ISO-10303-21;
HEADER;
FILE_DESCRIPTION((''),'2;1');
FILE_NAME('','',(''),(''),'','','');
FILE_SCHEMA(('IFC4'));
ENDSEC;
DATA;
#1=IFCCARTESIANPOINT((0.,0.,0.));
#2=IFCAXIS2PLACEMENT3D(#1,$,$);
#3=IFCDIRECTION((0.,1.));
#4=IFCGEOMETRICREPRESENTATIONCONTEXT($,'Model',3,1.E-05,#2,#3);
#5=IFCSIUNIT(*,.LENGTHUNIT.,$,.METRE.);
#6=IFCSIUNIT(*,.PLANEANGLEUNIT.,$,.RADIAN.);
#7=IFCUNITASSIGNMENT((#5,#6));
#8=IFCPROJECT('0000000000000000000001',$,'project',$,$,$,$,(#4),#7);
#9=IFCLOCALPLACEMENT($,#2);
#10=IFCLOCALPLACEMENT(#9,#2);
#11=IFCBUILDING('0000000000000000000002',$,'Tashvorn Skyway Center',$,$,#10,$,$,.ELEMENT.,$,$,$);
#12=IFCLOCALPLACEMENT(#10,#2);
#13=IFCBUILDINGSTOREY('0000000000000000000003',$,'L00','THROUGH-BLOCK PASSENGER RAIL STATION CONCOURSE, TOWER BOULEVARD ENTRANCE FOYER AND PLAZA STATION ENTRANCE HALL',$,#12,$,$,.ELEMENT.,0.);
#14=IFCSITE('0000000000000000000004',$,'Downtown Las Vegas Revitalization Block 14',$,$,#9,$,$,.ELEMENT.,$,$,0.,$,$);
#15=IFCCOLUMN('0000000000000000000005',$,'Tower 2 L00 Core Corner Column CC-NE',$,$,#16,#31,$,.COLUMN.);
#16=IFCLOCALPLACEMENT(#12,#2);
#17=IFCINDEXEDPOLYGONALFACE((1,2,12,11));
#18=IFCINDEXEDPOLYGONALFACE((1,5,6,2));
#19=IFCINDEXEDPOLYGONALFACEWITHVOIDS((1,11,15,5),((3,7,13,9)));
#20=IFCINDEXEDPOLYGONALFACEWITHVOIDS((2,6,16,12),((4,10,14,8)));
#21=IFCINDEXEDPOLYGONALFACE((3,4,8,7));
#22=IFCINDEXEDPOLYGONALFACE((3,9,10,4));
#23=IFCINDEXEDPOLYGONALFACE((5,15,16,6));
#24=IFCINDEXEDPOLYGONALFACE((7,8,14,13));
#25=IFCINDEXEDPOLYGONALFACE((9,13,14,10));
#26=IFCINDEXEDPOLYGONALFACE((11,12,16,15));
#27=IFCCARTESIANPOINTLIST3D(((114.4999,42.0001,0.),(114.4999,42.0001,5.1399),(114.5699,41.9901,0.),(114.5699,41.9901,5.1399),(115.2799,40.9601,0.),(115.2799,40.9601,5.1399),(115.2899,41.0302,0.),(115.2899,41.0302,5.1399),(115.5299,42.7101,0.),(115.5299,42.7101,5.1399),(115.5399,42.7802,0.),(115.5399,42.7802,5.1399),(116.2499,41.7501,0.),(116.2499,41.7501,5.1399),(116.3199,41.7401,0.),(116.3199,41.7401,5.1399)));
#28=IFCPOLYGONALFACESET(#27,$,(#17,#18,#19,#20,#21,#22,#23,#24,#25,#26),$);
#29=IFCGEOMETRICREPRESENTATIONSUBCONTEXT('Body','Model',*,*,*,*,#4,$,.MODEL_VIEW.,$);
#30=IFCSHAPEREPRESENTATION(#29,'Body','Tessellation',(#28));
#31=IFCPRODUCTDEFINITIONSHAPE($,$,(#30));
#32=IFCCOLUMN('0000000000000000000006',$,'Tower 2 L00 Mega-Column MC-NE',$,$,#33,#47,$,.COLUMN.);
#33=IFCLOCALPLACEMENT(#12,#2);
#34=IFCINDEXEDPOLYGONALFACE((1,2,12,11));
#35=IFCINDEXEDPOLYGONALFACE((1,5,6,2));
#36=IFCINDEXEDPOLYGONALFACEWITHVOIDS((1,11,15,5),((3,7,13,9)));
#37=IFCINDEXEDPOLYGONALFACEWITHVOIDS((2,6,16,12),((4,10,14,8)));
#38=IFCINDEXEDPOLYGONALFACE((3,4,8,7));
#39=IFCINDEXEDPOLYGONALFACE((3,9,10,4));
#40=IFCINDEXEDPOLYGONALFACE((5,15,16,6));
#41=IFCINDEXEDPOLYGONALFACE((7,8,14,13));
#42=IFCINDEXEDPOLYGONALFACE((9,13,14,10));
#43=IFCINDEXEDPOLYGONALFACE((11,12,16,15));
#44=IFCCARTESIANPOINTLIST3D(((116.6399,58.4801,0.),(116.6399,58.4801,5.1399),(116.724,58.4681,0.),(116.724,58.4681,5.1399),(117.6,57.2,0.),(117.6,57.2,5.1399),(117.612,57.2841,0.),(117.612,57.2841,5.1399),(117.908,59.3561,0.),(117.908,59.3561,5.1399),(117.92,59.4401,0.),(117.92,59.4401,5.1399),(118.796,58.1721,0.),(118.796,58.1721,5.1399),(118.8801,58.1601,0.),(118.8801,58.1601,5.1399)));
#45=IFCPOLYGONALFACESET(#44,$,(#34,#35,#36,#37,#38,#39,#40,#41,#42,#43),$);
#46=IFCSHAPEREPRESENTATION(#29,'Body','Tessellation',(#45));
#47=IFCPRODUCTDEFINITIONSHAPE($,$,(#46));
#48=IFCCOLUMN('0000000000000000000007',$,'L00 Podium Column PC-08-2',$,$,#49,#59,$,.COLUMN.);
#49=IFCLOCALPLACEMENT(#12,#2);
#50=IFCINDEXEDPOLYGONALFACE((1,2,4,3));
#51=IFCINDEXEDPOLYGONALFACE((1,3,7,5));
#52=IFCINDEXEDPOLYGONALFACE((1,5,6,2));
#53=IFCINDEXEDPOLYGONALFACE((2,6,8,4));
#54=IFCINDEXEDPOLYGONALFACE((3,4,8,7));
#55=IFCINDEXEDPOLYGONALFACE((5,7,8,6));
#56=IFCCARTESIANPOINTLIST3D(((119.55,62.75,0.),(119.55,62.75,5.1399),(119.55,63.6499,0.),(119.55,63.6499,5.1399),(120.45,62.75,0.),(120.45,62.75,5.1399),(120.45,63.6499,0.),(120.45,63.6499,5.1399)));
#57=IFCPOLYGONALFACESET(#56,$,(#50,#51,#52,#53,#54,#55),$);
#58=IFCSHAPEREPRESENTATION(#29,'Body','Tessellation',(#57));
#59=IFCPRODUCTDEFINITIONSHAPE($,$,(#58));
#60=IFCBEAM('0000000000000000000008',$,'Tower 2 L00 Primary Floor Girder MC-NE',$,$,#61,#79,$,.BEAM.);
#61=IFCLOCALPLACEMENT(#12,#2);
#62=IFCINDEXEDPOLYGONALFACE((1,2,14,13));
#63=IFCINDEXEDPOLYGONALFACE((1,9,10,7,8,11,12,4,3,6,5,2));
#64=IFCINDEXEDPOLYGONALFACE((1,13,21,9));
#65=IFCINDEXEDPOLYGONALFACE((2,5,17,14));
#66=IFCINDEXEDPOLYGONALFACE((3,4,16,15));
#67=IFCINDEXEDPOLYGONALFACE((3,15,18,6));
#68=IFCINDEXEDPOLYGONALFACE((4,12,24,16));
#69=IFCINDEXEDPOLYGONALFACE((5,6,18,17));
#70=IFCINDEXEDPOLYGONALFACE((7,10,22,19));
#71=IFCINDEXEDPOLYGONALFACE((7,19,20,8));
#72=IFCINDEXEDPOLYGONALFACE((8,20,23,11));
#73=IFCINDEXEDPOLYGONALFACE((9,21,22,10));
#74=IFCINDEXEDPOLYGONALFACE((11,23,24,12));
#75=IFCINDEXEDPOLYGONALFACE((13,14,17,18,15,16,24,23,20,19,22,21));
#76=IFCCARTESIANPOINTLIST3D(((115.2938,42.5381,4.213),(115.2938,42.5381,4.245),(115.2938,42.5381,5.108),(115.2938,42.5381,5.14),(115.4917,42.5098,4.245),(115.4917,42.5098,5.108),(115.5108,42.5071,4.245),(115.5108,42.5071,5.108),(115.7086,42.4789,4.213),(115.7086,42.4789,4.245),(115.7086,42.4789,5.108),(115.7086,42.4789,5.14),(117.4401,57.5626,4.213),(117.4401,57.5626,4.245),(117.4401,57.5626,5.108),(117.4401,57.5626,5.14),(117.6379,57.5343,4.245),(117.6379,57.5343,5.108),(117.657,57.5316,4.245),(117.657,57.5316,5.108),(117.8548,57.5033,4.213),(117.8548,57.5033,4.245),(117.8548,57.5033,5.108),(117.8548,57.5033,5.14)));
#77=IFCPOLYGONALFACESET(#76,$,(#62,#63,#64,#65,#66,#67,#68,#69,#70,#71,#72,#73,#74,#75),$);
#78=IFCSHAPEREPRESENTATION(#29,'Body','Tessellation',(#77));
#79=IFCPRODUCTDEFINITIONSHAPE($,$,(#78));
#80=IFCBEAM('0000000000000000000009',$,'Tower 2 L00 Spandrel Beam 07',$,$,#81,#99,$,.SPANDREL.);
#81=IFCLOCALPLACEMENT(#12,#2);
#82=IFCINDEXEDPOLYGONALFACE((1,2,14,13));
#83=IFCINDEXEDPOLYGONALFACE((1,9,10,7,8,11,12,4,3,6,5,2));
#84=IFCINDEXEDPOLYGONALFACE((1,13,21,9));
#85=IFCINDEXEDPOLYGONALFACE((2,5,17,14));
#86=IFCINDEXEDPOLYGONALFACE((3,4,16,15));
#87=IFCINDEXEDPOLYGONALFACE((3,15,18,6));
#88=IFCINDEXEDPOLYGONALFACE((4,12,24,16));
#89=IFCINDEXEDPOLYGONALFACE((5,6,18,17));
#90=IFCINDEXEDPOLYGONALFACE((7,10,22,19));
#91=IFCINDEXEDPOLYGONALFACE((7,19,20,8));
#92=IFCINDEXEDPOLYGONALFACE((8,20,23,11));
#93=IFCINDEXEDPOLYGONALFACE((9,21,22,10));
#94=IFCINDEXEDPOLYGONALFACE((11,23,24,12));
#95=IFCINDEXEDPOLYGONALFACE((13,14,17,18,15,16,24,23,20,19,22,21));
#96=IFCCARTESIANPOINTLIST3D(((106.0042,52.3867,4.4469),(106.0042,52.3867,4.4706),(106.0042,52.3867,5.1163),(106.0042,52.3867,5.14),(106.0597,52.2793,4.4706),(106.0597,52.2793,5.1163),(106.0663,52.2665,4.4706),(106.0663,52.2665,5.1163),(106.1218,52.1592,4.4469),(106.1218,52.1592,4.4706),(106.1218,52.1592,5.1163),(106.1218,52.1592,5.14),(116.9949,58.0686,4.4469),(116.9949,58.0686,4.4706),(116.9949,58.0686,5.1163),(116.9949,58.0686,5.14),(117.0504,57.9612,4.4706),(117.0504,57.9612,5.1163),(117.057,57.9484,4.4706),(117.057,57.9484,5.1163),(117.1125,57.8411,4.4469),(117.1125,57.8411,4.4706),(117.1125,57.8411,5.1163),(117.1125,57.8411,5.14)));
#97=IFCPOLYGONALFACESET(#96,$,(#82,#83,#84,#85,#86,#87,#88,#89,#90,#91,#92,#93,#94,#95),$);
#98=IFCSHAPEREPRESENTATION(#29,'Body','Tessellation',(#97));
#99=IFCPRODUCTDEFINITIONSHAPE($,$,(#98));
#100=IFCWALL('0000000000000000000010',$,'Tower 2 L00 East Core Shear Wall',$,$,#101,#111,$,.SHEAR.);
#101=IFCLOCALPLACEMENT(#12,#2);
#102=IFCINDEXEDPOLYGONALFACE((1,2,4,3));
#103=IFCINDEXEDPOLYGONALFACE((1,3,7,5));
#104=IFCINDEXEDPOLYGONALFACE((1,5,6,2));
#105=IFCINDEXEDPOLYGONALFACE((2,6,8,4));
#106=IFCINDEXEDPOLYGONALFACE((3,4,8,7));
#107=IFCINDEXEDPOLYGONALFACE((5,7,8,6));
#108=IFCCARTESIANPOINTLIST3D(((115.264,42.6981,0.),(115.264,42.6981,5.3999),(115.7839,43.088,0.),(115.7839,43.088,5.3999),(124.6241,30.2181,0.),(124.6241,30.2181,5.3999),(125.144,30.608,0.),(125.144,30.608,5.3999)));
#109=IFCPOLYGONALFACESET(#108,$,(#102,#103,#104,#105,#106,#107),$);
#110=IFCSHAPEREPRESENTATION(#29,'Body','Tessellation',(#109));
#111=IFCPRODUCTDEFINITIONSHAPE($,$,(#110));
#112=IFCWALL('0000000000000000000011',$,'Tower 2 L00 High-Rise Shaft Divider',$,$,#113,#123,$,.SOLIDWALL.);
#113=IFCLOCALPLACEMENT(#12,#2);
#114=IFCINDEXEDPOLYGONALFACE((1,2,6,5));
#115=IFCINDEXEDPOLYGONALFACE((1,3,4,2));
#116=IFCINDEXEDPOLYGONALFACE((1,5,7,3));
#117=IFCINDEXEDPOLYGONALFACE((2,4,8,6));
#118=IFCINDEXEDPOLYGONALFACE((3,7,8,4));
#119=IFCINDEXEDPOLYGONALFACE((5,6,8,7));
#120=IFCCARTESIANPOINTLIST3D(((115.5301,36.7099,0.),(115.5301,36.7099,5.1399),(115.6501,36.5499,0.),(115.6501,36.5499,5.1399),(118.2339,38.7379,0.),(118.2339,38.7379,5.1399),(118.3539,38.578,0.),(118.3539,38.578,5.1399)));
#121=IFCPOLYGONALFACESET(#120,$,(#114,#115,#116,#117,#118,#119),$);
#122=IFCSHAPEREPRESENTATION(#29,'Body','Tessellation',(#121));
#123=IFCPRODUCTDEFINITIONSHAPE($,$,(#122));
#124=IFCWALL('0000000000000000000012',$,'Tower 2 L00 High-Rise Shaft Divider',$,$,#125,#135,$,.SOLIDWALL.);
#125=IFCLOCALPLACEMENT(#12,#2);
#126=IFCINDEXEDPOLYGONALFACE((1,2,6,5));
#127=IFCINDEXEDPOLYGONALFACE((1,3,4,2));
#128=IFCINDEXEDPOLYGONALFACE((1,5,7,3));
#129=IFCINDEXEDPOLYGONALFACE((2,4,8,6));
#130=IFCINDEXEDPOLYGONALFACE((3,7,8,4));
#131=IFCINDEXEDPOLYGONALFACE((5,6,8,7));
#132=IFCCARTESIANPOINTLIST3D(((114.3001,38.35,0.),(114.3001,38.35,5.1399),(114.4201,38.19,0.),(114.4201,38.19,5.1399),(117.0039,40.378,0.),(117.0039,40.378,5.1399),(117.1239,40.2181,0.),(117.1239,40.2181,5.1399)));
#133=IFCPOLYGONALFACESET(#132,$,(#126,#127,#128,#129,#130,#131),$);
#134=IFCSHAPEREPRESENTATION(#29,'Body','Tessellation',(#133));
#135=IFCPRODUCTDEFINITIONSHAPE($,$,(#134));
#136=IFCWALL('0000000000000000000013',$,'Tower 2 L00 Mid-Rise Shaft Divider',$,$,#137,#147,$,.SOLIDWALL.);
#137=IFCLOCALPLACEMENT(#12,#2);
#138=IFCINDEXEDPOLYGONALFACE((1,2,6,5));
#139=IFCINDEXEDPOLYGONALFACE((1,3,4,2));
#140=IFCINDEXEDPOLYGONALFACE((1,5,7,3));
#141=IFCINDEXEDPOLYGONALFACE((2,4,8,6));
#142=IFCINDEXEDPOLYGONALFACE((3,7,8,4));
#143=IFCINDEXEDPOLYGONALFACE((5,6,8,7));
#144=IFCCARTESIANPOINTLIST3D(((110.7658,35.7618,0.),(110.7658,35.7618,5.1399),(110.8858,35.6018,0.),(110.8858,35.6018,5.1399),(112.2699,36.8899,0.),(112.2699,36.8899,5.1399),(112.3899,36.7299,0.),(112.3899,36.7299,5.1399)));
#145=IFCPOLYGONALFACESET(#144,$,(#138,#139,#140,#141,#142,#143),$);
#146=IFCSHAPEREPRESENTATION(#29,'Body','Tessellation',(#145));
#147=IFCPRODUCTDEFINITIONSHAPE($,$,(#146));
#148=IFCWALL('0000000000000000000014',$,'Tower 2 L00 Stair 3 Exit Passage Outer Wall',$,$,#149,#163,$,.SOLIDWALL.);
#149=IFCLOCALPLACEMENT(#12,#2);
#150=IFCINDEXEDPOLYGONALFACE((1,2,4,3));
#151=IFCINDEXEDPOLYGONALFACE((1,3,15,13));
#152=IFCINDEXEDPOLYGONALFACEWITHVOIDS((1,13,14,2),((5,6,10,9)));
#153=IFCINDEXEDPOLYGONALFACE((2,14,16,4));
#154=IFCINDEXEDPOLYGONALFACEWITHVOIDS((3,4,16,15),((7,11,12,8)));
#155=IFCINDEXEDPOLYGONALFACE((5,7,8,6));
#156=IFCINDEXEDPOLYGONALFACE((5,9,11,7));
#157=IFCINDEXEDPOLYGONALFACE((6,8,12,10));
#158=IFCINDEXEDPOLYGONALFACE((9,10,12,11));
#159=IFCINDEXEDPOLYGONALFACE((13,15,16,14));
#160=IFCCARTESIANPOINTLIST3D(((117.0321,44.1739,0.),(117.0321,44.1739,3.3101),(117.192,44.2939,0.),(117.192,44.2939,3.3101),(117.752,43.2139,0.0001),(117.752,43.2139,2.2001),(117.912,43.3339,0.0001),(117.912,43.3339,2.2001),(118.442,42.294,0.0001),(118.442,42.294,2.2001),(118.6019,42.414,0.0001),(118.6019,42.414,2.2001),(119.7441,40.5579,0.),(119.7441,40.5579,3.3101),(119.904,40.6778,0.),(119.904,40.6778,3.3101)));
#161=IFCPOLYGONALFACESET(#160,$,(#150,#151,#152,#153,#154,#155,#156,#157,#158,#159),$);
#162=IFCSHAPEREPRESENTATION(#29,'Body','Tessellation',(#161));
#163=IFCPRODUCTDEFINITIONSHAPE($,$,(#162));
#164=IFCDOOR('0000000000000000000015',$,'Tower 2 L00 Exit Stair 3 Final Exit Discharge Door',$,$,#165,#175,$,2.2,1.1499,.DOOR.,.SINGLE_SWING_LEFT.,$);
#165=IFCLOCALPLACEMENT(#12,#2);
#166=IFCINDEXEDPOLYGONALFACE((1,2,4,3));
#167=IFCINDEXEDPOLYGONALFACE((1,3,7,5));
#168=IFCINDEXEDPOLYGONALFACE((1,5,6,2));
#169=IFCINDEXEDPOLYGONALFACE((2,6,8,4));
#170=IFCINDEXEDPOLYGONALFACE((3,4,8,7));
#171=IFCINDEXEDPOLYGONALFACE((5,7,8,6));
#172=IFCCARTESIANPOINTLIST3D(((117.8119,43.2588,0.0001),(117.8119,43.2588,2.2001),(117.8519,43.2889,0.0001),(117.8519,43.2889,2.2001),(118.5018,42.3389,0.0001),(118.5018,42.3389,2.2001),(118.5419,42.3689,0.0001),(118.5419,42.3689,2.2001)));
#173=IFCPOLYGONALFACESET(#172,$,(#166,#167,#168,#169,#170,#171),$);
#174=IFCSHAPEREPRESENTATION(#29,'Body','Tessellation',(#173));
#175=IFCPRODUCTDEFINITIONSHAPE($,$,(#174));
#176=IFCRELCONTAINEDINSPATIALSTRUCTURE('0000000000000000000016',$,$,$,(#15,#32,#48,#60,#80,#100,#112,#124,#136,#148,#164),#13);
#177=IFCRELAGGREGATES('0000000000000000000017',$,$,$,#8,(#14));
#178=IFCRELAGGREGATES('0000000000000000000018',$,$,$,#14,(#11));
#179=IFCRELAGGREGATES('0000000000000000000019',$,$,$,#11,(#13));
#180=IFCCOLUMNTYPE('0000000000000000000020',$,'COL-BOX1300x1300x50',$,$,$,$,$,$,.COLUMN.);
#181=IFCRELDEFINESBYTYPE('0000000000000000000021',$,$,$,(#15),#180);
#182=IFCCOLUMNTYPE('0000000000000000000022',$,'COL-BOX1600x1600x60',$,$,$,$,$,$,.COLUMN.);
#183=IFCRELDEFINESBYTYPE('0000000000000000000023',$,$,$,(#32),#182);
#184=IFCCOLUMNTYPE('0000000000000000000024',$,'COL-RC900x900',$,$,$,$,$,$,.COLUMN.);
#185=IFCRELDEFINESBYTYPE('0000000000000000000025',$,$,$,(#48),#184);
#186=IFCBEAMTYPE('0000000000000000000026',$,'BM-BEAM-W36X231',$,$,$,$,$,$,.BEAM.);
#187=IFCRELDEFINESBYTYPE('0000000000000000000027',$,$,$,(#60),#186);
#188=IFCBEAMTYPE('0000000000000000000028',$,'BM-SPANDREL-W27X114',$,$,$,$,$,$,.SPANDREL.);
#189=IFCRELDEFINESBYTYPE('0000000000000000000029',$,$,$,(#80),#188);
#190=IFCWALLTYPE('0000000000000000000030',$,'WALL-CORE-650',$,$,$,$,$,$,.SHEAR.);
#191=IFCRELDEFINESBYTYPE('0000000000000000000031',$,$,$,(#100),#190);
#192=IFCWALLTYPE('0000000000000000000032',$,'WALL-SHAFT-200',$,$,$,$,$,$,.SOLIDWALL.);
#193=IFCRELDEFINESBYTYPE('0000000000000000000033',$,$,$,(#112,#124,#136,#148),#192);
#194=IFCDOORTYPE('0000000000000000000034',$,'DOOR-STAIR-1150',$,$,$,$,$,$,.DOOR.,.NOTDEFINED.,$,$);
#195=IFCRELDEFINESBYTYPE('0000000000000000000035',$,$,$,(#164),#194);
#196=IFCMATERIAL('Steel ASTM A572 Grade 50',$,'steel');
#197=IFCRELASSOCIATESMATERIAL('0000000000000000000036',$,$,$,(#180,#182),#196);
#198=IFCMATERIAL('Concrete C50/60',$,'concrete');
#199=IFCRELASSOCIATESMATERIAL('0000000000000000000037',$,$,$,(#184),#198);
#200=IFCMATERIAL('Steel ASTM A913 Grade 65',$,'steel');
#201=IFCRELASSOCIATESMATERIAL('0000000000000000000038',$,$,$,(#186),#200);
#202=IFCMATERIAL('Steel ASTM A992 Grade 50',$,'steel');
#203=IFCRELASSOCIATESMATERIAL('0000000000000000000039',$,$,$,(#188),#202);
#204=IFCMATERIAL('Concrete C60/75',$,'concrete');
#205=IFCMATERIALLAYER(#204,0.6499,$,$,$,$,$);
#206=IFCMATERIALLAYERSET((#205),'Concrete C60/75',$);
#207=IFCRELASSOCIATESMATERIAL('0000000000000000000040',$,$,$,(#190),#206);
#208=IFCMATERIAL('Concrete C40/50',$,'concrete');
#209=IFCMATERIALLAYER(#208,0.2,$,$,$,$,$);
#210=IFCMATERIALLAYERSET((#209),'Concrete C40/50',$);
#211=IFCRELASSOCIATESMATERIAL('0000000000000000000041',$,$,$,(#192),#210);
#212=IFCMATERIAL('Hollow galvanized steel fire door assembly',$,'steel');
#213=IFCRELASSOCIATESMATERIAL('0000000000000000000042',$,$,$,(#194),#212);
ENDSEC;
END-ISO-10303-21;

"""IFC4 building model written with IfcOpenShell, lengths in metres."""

from ifc_helpers import new_model, si_unit, direction, frame, frame_2d, origin, origin_2d, place, context, subcontext, project, spatial, rectangle, hollow_rectangle, i_section, extrude, material, layer, layer_set, material_profile, profile_set, type_object, element, fill, save


model = new_model("IFC4")

# Units and contexts
model_context = context("Model", 3, precision=1e-05, world=origin(), true_north=direction((0.0, 1.0)))
body_context = subcontext(model_context, "Body", "Model", "MODEL_VIEW")
ifc_project = project(units=[si_unit("LENGTHUNIT", "METRE"), si_unit("PLANEANGLEUNIT", "RADIAN")], contexts=[model_context])

# Site, building, storey
site_placement = place(None, origin())
site = spatial("IfcSite", under=ifc_project, at=site_placement, Name="Downtown Las Vegas Revitalization Block 14", CompositionType="ELEMENT", RefElevation=0.0)
building_placement = place(site_placement, origin())
building = spatial("IfcBuilding", under=site, at=building_placement, Name="Tashvorn Skyway Center", CompositionType="ELEMENT")
storey_placement = place(building_placement, origin())
storey = spatial("IfcBuildingStorey", under=building, at=storey_placement, Name="L00", Description="THROUGH-BLOCK PASSENGER RAIL STATION CONCOURSE, TOWER BOULEVARD ENTRANCE FOYER AND PLAZA STATION ENTRANCE HALL", CompositionType="ELEMENT", Elevation=0.0)

# Columns
ifc_material_1 = material(Name="Steel ASTM A572 Grade 50", Category="steel")
ifc_material_profile_1 = material_profile(ifc_material_1, hollow_rectangle(XDim=1.3, YDim=1.3, WallThickness=0.05, at=origin_2d()), Name="BOX1300x1300x50")
ifc_profile_set_1 = profile_set([ifc_material_profile_1], Name="Steel ASTM A572 Grade 50")
column_type_1 = type_object("IfcColumnType", Name="COL-BOX1300x1300x50", PredefinedType="COLUMN", material=ifc_profile_set_1)
column_1_placement = place(storey_placement, frame((115.4099, 41.8701, 0.0), z_axis=(0.0, 0.0, 1.0), x_axis=(0.8, 0.6, 0.0)))
element("IfcColumn", 1, at=column_1_placement, inside=storey, type_object=column_type_1, Name="Tower 2 L00 Core Corner Column CC-NE", PredefinedType="COLUMN", context=body_context, shape_type="SweptSolid", body=[
    extrude(hollow_rectangle(XDim=1.3, YDim=1.3, WallThickness=0.05, at=origin_2d()), origin(), (0.0, 0.0, 1.0), 5.1399),
])
ifc_material_profile_2 = material_profile(ifc_material_1, hollow_rectangle(XDim=1.6001, YDim=1.6001, WallThickness=0.0601, at=origin_2d()), Name="BOX1600x1600x60")
ifc_profile_set_2 = profile_set([ifc_material_profile_2], Name="Steel ASTM A572 Grade 50")
column_type_2 = type_object("IfcColumnType", Name="COL-BOX1600x1600x60", PredefinedType="COLUMN", material=ifc_profile_set_2)
column_2_placement = place(storey_placement, frame((117.76, 58.3201, 0.0), z_axis=(0.0, 0.0, 1.0), x_axis=(0.8, 0.6, 0.0)))
element("IfcColumn", 2, at=column_2_placement, inside=storey, type_object=column_type_2, Name="Tower 2 L00 Mega-Column MC-NE", PredefinedType="COLUMN", context=body_context, shape_type="SweptSolid", body=[
    extrude(hollow_rectangle(XDim=1.6001, YDim=1.6001, WallThickness=0.0601, at=origin_2d()), origin(), (0.0, 0.0, 1.0), 5.1399),
])
ifc_material_2 = material(Name="Concrete C50/60", Category="concrete")
ifc_material_profile_3 = material_profile(ifc_material_2, rectangle(XDim=0.8999, YDim=0.8999, at=origin_2d()), Name="RC900x900")
ifc_profile_set_3 = profile_set([ifc_material_profile_3], Name="Concrete C50/60")
column_type_3 = type_object("IfcColumnType", Name="COL-RC900x900", PredefinedType="COLUMN", material=ifc_profile_set_3)
column_3_placement = place(storey_placement, frame((120.0, 63.2, 0.0), z_axis=(0.0, 0.0, 1.0), x_axis=(1.0, 0.0, 0.0)))
element("IfcColumn", 3, at=column_3_placement, inside=storey, type_object=column_type_3, Name="L00 Podium Column PC-08-2", PredefinedType="COLUMN", context=body_context, shape_type="SweptSolid", body=[
    extrude(rectangle(XDim=0.8999, YDim=0.8999, at=origin_2d()), origin(), (0.0, 0.0, 1.0), 5.1399),
])

# Beams
ifc_material_3 = material(Name="Steel ASTM A913 Grade 65", Category="steel")
ifc_material_profile_4 = material_profile(ifc_material_3, i_section(OverallWidth=0.4189, OverallDepth=0.927, WebThickness=0.0193, FlangeThickness=0.032, at=origin_2d()), Name="W36X231")
ifc_profile_set_4 = profile_set([ifc_material_profile_4], Name="Steel ASTM A913 Grade 65")
beam_type_1 = type_object("IfcBeamType", Name="BM-BEAM-W36X231", PredefinedType="BEAM", material=ifc_profile_set_4)
beam_1_placement = place(storey_placement, frame((117.6475, 57.533, 4.6765), z_axis=(-0.141415, -0.98995, 0.0), x_axis=(0.98995, -0.141415, 0.0)))
element("IfcBeam", 4, at=beam_1_placement, inside=storey, type_object=beam_type_1, Name="Tower 2 L00 Primary Floor Girder MC-NE", PredefinedType="BEAM", context=body_context, shape_type="SweptSolid", body=[
    extrude(i_section(OverallWidth=0.4189, OverallDepth=0.927, WebThickness=0.0193, FlangeThickness=0.032, at=origin_2d()), origin(), (0.0, 0.0, 1.0), 15.177),
])
ifc_material_4 = material(Name="Steel ASTM A992 Grade 50", Category="steel")
ifc_material_profile_5 = material_profile(ifc_material_4, i_section(OverallWidth=0.2561, OverallDepth=0.6931, WebThickness=0.0144, FlangeThickness=0.0237, at=origin_2d()), Name="W27X114")
ifc_profile_set_5 = profile_set([ifc_material_profile_5], Name="Steel ASTM A992 Grade 50")
beam_type_2 = type_object("IfcBeamType", Name="BM-SPANDREL-W27X114", PredefinedType="SPANDREL", material=ifc_profile_set_5)
beam_2_placement = place(storey_placement, frame((117.0537, 57.9548, 4.7935), z_axis=(-0.888316, -0.459233, 0.0), x_axis=(0.459233, -0.888316, 0.0)))
element("IfcBeam", 5, at=beam_2_placement, inside=storey, type_object=beam_type_2, Name="Tower 2 L00 Spandrel Beam 07", PredefinedType="SPANDREL", context=body_context, shape_type="SweptSolid", body=[
    extrude(i_section(OverallWidth=0.2561, OverallDepth=0.6931, WebThickness=0.0144, FlangeThickness=0.0237, at=origin_2d()), origin(), (0.0, 0.0, 1.0), 12.3726),
])

# Walls
ifc_material_5 = material(Name="Concrete C60/75", Category="concrete")
ifc_layer_1 = layer(ifc_material_5, 0.6499)
ifc_layer_set_1 = layer_set([ifc_layer_1], Name="Concrete C60/75")
wall_type_1 = type_object("IfcWallType", Name="WALL-CORE-650", PredefinedType="SHEAR", material=ifc_layer_set_1)
wall_1_placement = place(storey_placement, frame((115.5239, 42.8931, 0.0), z_axis=(0.0, 0.0, 1.0), x_axis=(0.600005, -0.799996, 0.0)))
element("IfcWall", 6, at=wall_1_placement, inside=storey, type_object=wall_type_1, Name="Tower 2 L00 East Core Shear Wall", PredefinedType="SHEAR", context=body_context, shape_type="SweptSolid", body=[
    extrude(rectangle(XDim=15.6001, YDim=0.6499, at=frame_2d((7.8, 0.0))), origin(), (0.0, 0.0, 1.0), 5.3999),
])
ifc_material_6 = material(Name="Concrete C40/50", Category="concrete")
ifc_layer_2 = layer(ifc_material_6, 0.2)
ifc_layer_set_2 = layer_set([ifc_layer_2], Name="Concrete C40/50")
wall_type_2 = type_object("IfcWallType", Name="WALL-SHAFT-200", PredefinedType="SOLIDWALL", material=ifc_layer_set_2)
for number, where, z_axis, x_axis, name in (
    (7, (115.5901, 36.6299, 0.0), (0.0, 0.0, 1.0), (0.799974, 0.600035, 0.0), "Tower 2 L00 High-Rise Shaft Divider"),
    (8, (114.3601, 38.27, 0.0), (0.0, 0.0, 1.0), (0.799974, 0.600035, 0.0), "Tower 2 L00 High-Rise Shaft Divider"),
):
    element("IfcWall", number, at=place(storey_placement, frame(where, z_axis=z_axis, x_axis=x_axis)), inside=storey, type_object=wall_type_2, Name=name, PredefinedType="SOLIDWALL", context=body_context, shape_type="SweptSolid", body=[
        extrude(rectangle(XDim=3.3799, YDim=0.2, at=frame_2d((1.6899, 0.0))), origin(), (0.0, 0.0, 1.0), 5.1399),
    ])
wall_2_placement = place(storey_placement, frame((110.8259, 35.6819, 0.0), z_axis=(0.0, 0.0, 1.0), x_axis=(0.799984, 0.600021, 0.0)))
element("IfcWall", 9, at=wall_2_placement, inside=storey, type_object=wall_type_2, Name="Tower 2 L00 Mid-Rise Shaft Divider", PredefinedType="SOLIDWALL", context=body_context, shape_type="SweptSolid", body=[
    extrude(rectangle(XDim=1.8801, YDim=0.2, at=frame_2d((0.9399, 0.0))), origin(), (0.0, 0.0, 1.0), 5.1399),
])

# Wall, opening, door
wall_3_placement = place(storey_placement, frame((117.1121, 44.2339, 0.0), z_axis=(0.0, 0.0, 1.0), x_axis=(0.599991, -0.800006, 0.0)))
wall_3 = element("IfcWall", 10, at=wall_3_placement, inside=storey, type_object=wall_type_2, Name="Tower 2 L00 Stair 3 Exit Passage Outer Wall", PredefinedType="SOLIDWALL", context=body_context, shape_type="SweptSolid", body=[
    extrude(rectangle(XDim=4.52, YDim=0.2, at=frame_2d((2.26, 0.0))), origin(), (0.0, 0.0, 1.0), 3.3101),
])
opening_1_placement = place(wall_3_placement, frame((1.2, 0.0, 0.0)))
opening_1 = element("IfcOpeningElement", 11, at=opening_1_placement, cuts=wall_3, PredefinedType="OPENING", context=body_context, shape_type="SweptSolid", body=[
    extrude(rectangle(XDim=1.1499, YDim=2.2, at=frame_2d((0.575, 1.1001))), frame((0.0, 0.1099, 0.0), z_axis=(0.0, -1.0, 0.0), x_axis=(1.0, 0.0, 0.0)), (0.0, 0.0, 1.0), 0.22),
])
ifc_material_7 = material(Name="Hollow galvanized steel fire door assembly", Category="steel")
door_type_1 = type_object("IfcDoorType", Name="DOOR-STAIR-1150", OperationType="NOTDEFINED", PredefinedType="DOOR", material=ifc_material_7)
door_1_placement = place(opening_1_placement, origin())
door_1 = element("IfcDoor", 12, at=door_1_placement, inside=storey, type_object=door_type_1, Name="Tower 2 L00 Exit Stair 3 Final Exit Discharge Door", OperationType="SINGLE_SWING_LEFT", OverallHeight=2.2, OverallWidth=1.1499, PredefinedType="DOOR", context=body_context, shape_type="SweptSolid", body=[
    extrude(rectangle(XDim=1.1499, YDim=2.2, at=frame_2d((0.575, 1.1001))), frame((0.0, 0.0249, 0.0), z_axis=(0.0, -1.0, 0.0), x_axis=(1.0, 0.0, 0.0)), (0.0, 0.0, 1.0), 0.05),
])
fill(opening_1, door_1)

save(model, "model.ifc")
